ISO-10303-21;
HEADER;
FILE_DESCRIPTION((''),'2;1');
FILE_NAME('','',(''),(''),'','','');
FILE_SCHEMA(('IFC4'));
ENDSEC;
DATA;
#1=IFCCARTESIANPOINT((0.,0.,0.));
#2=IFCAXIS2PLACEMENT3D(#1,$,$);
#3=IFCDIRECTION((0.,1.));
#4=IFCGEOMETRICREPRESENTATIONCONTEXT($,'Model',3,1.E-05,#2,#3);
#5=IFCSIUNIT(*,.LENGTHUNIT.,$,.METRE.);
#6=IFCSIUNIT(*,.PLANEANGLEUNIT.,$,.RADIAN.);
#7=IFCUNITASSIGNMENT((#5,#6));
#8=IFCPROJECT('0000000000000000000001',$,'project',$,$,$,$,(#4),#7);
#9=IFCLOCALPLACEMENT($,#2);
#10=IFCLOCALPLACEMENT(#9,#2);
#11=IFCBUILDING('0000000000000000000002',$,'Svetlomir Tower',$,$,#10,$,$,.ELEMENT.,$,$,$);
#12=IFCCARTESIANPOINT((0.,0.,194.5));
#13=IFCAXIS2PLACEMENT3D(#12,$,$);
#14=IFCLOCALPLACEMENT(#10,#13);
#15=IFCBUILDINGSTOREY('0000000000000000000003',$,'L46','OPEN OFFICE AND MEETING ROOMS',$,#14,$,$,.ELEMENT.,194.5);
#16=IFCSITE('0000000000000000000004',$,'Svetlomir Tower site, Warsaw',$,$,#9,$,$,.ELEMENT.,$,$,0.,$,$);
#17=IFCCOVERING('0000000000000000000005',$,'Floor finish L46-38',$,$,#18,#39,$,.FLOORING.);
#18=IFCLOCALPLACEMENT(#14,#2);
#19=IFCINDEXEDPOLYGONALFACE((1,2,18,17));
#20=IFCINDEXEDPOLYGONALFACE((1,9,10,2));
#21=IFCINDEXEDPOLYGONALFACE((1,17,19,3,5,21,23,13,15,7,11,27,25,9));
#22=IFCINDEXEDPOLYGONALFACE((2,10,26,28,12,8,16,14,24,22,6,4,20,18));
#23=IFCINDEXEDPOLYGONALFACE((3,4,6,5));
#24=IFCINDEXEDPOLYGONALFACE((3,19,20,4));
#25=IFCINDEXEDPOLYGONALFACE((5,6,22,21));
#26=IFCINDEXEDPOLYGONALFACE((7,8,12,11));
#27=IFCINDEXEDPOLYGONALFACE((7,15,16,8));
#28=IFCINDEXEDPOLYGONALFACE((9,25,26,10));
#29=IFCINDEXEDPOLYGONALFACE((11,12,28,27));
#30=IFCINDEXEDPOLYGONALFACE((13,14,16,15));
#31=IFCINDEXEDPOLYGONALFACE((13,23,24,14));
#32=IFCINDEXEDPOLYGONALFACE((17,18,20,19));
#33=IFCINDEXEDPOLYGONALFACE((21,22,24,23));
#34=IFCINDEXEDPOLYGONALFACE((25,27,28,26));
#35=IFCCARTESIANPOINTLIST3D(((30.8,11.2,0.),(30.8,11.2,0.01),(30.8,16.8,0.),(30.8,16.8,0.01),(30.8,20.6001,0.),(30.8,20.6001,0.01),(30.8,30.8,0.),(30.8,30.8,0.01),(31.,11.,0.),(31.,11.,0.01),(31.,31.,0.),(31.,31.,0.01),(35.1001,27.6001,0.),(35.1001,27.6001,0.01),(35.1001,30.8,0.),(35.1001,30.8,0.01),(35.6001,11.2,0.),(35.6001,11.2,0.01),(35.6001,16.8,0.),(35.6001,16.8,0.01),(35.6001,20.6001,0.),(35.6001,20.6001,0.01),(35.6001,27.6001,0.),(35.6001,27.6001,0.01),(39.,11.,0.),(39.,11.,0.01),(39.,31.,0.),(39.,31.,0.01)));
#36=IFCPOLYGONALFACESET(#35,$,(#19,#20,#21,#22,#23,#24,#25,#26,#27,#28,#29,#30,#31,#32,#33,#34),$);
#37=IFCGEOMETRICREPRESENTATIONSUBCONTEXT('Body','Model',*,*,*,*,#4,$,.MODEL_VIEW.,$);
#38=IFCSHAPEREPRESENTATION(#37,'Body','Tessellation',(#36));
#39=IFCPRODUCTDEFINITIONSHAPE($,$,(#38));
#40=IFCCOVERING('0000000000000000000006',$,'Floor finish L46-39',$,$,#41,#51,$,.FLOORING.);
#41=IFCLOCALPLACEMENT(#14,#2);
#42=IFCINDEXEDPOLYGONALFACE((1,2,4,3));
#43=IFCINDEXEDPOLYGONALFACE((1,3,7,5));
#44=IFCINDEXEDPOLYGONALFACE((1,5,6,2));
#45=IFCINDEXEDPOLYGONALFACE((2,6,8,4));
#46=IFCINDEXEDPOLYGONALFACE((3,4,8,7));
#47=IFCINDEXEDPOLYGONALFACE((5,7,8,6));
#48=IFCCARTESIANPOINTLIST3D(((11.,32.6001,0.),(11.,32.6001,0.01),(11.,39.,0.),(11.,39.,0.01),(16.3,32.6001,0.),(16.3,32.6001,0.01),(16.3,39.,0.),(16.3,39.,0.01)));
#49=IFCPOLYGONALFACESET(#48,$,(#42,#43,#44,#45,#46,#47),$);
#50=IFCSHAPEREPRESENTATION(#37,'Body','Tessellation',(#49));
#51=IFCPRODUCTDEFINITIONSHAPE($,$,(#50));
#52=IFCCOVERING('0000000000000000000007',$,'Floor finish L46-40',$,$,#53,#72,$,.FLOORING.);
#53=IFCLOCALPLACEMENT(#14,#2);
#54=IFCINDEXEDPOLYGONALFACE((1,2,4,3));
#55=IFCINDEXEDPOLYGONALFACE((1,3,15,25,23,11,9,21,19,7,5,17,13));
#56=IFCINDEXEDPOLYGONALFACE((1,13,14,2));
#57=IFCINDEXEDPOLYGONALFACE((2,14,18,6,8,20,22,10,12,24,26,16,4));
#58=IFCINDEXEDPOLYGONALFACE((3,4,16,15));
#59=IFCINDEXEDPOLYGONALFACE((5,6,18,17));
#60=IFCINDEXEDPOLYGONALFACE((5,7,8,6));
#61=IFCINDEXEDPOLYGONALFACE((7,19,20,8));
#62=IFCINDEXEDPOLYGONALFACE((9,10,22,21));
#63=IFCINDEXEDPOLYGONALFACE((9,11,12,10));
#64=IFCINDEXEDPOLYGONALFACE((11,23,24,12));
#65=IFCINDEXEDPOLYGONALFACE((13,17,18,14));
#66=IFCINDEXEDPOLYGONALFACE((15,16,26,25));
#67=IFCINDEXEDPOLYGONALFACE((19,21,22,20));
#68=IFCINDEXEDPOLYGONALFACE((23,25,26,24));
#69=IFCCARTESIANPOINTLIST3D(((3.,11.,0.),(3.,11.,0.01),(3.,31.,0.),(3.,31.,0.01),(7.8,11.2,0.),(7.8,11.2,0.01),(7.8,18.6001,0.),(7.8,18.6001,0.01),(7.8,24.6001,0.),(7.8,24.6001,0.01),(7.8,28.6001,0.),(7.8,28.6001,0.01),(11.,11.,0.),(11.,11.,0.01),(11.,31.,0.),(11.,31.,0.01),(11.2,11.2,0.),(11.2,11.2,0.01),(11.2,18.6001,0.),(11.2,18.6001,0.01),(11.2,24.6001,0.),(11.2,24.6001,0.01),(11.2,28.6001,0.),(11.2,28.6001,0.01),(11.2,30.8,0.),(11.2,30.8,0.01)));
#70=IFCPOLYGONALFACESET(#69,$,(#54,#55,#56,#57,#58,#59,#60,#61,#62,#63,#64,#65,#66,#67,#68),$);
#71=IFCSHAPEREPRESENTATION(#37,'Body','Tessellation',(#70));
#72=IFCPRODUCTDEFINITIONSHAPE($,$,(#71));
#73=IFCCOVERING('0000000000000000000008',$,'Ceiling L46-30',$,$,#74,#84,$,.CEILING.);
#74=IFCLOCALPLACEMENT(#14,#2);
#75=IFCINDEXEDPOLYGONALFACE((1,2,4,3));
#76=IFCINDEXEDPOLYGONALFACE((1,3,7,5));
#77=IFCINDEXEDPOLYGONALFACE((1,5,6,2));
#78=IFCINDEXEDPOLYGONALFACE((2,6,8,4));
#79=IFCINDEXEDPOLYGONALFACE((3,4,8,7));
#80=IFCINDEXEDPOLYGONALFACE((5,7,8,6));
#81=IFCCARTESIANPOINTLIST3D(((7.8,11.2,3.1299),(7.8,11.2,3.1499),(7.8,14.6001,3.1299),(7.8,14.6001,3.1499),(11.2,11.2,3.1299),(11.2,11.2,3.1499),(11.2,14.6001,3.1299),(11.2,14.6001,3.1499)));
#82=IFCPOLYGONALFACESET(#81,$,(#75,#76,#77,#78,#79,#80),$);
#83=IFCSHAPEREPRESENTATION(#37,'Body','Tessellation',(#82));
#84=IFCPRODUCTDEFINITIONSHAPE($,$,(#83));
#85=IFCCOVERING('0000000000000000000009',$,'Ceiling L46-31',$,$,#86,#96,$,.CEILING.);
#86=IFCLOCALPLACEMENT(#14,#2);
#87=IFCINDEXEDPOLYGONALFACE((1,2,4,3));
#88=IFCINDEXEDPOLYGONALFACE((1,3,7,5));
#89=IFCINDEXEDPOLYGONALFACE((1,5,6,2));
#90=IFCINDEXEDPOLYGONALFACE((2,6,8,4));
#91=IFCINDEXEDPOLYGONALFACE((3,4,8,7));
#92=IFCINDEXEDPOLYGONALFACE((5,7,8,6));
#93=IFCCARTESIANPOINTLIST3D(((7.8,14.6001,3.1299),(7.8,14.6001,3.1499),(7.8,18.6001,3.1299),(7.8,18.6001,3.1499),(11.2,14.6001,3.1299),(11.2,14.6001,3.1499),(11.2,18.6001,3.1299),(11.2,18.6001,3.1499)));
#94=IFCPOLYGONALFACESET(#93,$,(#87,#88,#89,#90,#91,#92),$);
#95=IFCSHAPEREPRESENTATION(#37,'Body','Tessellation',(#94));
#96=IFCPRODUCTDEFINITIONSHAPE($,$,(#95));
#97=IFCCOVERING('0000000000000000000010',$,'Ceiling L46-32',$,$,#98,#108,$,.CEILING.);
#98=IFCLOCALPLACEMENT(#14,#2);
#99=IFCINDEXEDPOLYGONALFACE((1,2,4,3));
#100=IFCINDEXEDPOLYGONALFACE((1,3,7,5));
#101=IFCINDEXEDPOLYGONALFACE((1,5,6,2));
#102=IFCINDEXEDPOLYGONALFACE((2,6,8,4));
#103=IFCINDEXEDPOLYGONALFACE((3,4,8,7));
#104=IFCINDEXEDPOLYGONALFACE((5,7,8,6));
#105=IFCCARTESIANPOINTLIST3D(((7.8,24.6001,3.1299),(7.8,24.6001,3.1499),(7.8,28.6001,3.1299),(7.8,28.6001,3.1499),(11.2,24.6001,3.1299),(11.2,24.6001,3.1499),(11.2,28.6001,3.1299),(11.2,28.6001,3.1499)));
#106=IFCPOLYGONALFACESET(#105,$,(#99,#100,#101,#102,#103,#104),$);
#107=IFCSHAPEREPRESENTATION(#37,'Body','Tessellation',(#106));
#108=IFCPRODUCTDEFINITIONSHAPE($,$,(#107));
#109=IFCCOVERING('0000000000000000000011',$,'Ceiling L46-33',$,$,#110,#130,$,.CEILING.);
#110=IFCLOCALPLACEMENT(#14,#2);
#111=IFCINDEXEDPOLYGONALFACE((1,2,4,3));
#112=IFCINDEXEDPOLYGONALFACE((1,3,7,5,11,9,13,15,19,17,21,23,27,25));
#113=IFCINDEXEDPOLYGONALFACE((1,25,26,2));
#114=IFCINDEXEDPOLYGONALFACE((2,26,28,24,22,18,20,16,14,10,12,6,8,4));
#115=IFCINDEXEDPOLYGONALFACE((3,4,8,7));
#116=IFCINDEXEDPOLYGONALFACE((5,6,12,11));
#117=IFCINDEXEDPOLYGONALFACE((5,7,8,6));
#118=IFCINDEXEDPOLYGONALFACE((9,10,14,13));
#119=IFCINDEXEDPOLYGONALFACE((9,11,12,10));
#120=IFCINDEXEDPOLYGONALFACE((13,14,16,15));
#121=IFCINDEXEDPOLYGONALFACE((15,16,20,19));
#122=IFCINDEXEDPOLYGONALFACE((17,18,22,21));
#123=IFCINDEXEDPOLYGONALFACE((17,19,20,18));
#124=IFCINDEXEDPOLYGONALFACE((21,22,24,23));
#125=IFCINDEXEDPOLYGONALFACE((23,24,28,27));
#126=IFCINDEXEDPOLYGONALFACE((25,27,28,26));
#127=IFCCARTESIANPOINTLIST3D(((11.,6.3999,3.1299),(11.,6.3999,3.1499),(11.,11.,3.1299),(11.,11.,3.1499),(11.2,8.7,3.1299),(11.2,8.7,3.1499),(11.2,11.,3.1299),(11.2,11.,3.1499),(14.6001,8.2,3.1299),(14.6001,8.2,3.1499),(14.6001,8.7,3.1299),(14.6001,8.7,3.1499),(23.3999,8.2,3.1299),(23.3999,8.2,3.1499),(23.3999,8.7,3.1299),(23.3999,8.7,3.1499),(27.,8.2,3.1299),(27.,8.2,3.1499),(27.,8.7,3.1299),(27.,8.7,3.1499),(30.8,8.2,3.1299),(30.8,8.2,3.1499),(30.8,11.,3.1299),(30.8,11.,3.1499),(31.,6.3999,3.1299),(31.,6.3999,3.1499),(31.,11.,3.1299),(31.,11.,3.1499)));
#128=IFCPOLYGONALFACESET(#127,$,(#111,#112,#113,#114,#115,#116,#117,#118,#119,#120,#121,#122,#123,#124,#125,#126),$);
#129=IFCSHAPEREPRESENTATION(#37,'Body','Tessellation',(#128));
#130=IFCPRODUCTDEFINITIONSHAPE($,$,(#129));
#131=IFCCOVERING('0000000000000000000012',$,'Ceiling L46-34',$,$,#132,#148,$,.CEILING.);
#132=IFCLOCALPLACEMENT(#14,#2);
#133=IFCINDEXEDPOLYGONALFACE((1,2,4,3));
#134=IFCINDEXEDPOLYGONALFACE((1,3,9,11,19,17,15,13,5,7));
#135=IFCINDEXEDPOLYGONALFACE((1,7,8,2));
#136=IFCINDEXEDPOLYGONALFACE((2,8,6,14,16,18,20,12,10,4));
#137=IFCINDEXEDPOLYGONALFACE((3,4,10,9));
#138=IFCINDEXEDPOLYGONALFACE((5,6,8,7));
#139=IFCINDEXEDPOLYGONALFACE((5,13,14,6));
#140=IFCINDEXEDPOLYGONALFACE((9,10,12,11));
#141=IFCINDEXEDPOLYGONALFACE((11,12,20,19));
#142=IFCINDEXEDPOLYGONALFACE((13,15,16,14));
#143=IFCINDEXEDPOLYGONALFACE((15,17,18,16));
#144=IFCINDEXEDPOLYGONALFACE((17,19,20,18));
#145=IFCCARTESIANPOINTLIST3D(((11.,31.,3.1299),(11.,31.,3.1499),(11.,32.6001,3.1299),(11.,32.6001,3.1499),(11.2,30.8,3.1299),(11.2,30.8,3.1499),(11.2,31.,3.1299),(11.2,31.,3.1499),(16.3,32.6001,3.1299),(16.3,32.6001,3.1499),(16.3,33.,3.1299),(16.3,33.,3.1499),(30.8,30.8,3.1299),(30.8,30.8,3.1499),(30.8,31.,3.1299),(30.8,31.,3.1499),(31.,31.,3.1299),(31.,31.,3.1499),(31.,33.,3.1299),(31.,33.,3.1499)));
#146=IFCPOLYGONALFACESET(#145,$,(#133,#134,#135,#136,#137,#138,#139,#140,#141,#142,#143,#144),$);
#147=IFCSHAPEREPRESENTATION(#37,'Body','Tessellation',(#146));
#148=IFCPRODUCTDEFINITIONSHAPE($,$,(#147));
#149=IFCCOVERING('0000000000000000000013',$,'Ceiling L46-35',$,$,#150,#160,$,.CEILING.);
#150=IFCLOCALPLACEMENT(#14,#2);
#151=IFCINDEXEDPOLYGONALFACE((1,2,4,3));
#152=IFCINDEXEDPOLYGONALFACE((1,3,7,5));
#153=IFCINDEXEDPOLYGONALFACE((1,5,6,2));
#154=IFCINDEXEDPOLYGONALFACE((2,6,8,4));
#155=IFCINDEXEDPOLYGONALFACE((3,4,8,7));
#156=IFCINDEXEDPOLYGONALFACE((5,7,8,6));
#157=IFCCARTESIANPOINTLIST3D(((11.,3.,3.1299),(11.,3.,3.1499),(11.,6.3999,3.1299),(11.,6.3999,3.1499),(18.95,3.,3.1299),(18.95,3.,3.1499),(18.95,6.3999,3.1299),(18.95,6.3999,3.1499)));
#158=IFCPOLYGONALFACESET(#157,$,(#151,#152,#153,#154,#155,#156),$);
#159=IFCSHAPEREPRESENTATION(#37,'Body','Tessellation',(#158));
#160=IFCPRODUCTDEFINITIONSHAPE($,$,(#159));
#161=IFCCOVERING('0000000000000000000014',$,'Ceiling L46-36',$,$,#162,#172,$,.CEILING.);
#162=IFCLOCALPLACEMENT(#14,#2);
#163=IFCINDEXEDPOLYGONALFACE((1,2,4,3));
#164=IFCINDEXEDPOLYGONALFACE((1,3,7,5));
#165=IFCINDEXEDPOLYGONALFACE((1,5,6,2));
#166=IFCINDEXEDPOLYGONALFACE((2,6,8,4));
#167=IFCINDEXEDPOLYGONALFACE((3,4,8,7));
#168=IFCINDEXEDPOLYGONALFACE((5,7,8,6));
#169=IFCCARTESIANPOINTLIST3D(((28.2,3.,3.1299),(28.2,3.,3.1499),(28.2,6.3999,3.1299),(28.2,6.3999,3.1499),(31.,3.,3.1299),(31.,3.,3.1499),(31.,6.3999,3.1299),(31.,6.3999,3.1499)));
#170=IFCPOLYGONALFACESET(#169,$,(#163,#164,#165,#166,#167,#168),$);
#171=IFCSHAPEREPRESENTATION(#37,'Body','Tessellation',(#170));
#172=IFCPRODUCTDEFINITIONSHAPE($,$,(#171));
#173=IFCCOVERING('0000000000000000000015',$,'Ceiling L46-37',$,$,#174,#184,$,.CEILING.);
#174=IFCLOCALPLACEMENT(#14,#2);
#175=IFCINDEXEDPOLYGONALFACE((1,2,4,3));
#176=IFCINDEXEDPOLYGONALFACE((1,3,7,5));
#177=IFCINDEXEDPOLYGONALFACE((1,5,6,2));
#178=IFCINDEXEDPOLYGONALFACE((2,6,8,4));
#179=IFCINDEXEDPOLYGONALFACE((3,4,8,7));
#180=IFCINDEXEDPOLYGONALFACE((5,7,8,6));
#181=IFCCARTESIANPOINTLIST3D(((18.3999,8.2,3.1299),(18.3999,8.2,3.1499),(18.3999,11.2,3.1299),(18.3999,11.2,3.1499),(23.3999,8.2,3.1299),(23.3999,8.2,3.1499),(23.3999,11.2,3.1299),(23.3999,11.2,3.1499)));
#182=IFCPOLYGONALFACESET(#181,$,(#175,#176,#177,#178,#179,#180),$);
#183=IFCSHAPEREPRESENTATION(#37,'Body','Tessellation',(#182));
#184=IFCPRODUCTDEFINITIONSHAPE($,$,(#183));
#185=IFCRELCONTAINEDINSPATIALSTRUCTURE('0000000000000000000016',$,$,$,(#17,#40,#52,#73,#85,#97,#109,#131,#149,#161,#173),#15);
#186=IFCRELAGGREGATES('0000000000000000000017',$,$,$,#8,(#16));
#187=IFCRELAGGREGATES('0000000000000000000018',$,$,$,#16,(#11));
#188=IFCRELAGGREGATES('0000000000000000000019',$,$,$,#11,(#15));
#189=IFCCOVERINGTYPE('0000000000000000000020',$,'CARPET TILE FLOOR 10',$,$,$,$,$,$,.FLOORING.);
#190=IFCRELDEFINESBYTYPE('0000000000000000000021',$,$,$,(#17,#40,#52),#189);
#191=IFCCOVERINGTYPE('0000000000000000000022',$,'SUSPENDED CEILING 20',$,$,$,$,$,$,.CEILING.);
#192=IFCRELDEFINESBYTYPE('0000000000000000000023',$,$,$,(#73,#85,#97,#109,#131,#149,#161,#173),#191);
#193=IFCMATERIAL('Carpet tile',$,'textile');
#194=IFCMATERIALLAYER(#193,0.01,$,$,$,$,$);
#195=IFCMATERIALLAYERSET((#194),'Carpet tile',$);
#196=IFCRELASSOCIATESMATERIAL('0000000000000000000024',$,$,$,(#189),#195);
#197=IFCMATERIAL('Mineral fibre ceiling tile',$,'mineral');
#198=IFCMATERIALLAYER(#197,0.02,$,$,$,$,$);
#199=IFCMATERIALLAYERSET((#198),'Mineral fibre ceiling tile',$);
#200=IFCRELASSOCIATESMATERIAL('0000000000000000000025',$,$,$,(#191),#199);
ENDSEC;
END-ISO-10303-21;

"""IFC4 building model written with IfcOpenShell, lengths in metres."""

from ifc_helpers import new_model, si_unit, direction, frame, origin, place, context, subcontext, project, spatial, polyline, outline, extrude, material, layer, layer_set, type_object, element, save


model = new_model("IFC4")

# Units and contexts
model_context = context("Model", 3, precision=1e-05, world=origin(), true_north=direction((0.0, 1.0)))
body_context = subcontext(model_context, "Body", "Model", "MODEL_VIEW")
ifc_project = project(units=[si_unit("LENGTHUNIT", "METRE"), si_unit("PLANEANGLEUNIT", "RADIAN")], contexts=[model_context])

# Site, building, storey
site_placement = place(None, origin())
site = spatial("IfcSite", under=ifc_project, at=site_placement, Name="Svetlomir Tower site, Warsaw", CompositionType="ELEMENT", RefElevation=0.0)
building_placement = place(site_placement, origin())
building = spatial("IfcBuilding", under=site, at=building_placement, Name="Svetlomir Tower", CompositionType="ELEMENT")
storey_placement = place(building_placement, frame((0.0, 0.0, 194.5)))
storey = spatial("IfcBuildingStorey", under=building, at=storey_placement, Name="L46", Description="OPEN OFFICE AND MEETING ROOMS", CompositionType="ELEMENT", Elevation=194.5)

# Coverings
ifc_material_1 = material(Name="Carpet tile", Category="textile")
ifc_layer_1 = layer(ifc_material_1, 0.01)
ifc_layer_set_1 = layer_set([ifc_layer_1], Name="Carpet tile")
covering_type_1 = type_object("IfcCoveringType", Name="CARPET TILE FLOOR 10", PredefinedType="FLOORING", material=ifc_layer_set_1)
covering_1_placement = place(storey_placement, origin())
element("IfcCovering", 1, at=covering_1_placement, inside=storey, type_object=covering_type_1, Name="Floor finish L46-38", PredefinedType="FLOORING", context=body_context, shape_type="SweptSolid", body=[
    extrude(outline(polyline([(30.8, 30.8), (31.0, 31.0), (39.0, 31.0), (39.0, 11.0), (31.0, 11.0), (30.8, 11.2), (35.6001, 11.2), (35.6001, 16.8), (30.8, 16.8), (30.8, 20.6001), (35.6001, 20.6001), (35.6001, 27.6001), (35.1001, 27.6001), (35.1001, 30.8), (30.8, 30.8)])), origin(), (0.0, 0.0, 1.0), 0.01),
])
covering_2_placement = place(storey_placement, origin())
element("IfcCovering", 2, at=covering_2_placement, inside=storey, type_object=covering_type_1, Name="Floor finish L46-39", PredefinedType="FLOORING", context=body_context, shape_type="SweptSolid", body=[
    extrude(outline(polyline([(16.3, 39.0), (16.3, 32.6001), (11.0, 32.6001), (11.0, 39.0), (16.3, 39.0)])), origin(), (0.0, 0.0, 1.0), 0.01),
])
covering_3_placement = place(storey_placement, origin())
element("IfcCovering", 3, at=covering_3_placement, inside=storey, type_object=covering_type_1, Name="Floor finish L46-40", PredefinedType="FLOORING", context=body_context, shape_type="SweptSolid", body=[
    extrude(outline(polyline([(3.0, 31.0), (11.0, 31.0), (11.2, 30.8), (11.2, 28.6001), (7.8, 28.6001), (7.8, 24.6001), (11.2, 24.6001), (11.2, 18.6001), (7.8, 18.6001), (7.8, 11.2), (11.2, 11.2), (11.0, 11.0), (3.0, 11.0), (3.0, 31.0)])), origin(), (0.0, 0.0, 1.0), 0.01),
])
ifc_material_2 = material(Name="Mineral fibre ceiling tile", Category="mineral")
ifc_layer_2 = layer(ifc_material_2, 0.02)
ifc_layer_set_2 = layer_set([ifc_layer_2], Name="Mineral fibre ceiling tile")
covering_type_2 = type_object("IfcCoveringType", Name="SUSPENDED CEILING 20", PredefinedType="CEILING", material=ifc_layer_set_2)
covering_4_placement = place(storey_placement, frame((0.0, 0.0, 3.1299)))
element("IfcCovering", 4, at=covering_4_placement, inside=storey, type_object=covering_type_2, Name="Ceiling L46-30", PredefinedType="CEILING", context=body_context, shape_type="SweptSolid", body=[
    extrude(outline(polyline([(7.8, 11.2), (11.2, 11.2), (11.2, 14.6001), (7.8, 14.6001), (7.8, 11.2)])), origin(), (0.0, 0.0, 1.0), 0.02),
])
covering_5_placement = place(storey_placement, frame((0.0, 0.0, 3.1299)))
element("IfcCovering", 5, at=covering_5_placement, inside=storey, type_object=covering_type_2, Name="Ceiling L46-31", PredefinedType="CEILING", context=body_context, shape_type="SweptSolid", body=[
    extrude(outline(polyline([(7.8, 14.6001), (11.2, 14.6001), (11.2, 18.6001), (7.8, 18.6001), (7.8, 14.6001)])), origin(), (0.0, 0.0, 1.0), 0.02),
])
covering_6_placement = place(storey_placement, frame((0.0, 0.0, 3.1299)))
element("IfcCovering", 6, at=covering_6_placement, inside=storey, type_object=covering_type_2, Name="Ceiling L46-32", PredefinedType="CEILING", context=body_context, shape_type="SweptSolid", body=[
    extrude(outline(polyline([(7.8, 24.6001), (11.2, 24.6001), (11.2, 28.6001), (7.8, 28.6001), (7.8, 24.6001)])), origin(), (0.0, 0.0, 1.0), 0.02),
])
covering_7_placement = place(storey_placement, frame((0.0, 0.0, 3.1299)))
element("IfcCovering", 7, at=covering_7_placement, inside=storey, type_object=covering_type_2, Name="Ceiling L46-33", PredefinedType="CEILING", context=body_context, shape_type="SweptSolid", body=[
    extrude(outline(polyline([(23.3999, 8.7), (27.0, 8.7), (27.0, 8.2), (30.8, 8.2), (30.8, 11.0), (31.0, 11.0), (31.0, 6.3999), (11.0, 6.3999), (11.0, 11.0), (11.2, 11.0), (11.2, 8.7), (14.6001, 8.7), (14.6001, 8.2), (23.3999, 8.2), (23.3999, 8.7)])), origin(), (0.0, 0.0, 1.0), 0.02),
])
covering_8_placement = place(storey_placement, frame((0.0, 0.0, 3.1299)))
element("IfcCovering", 8, at=covering_8_placement, inside=storey, type_object=covering_type_2, Name="Ceiling L46-34", PredefinedType="CEILING", context=body_context, shape_type="SweptSolid", body=[
    extrude(outline(polyline([(11.2, 30.8), (11.2, 31.0), (11.0, 31.0), (11.0, 32.6001), (16.3, 32.6001), (16.3, 33.0), (31.0, 33.0), (31.0, 31.0), (30.8, 31.0), (30.8, 30.8), (11.2, 30.8)])), origin(), (0.0, 0.0, 1.0), 0.02),
])
covering_9_placement = place(storey_placement, frame((0.0, 0.0, 3.1299)))
element("IfcCovering", 9, at=covering_9_placement, inside=storey, type_object=covering_type_2, Name="Ceiling L46-35", PredefinedType="CEILING", context=body_context, shape_type="SweptSolid", body=[
    extrude(outline(polyline([(18.95, 6.3999), (18.95, 3.0), (11.0, 3.0), (11.0, 6.3999), (18.95, 6.3999)])), origin(), (0.0, 0.0, 1.0), 0.02),
])
covering_10_placement = place(storey_placement, frame((0.0, 0.0, 3.1299)))
element("IfcCovering", 10, at=covering_10_placement, inside=storey, type_object=covering_type_2, Name="Ceiling L46-36", PredefinedType="CEILING", context=body_context, shape_type="SweptSolid", body=[
    extrude(outline(polyline([(28.2, 3.0), (28.2, 6.3999), (31.0, 6.3999), (31.0, 3.0), (28.2, 3.0)])), origin(), (0.0, 0.0, 1.0), 0.02),
])
covering_11_placement = place(storey_placement, frame((0.0, 0.0, 3.1299)))
element("IfcCovering", 11, at=covering_11_placement, inside=storey, type_object=covering_type_2, Name="Ceiling L46-37", PredefinedType="CEILING", context=body_context, shape_type="SweptSolid", body=[
    extrude(outline(polyline([(23.3999, 11.2), (23.3999, 8.2), (18.3999, 8.2), (18.3999, 11.2), (23.3999, 11.2)])), origin(), (0.0, 0.0, 1.0), 0.02),
])

save(model, "model.ifc")
